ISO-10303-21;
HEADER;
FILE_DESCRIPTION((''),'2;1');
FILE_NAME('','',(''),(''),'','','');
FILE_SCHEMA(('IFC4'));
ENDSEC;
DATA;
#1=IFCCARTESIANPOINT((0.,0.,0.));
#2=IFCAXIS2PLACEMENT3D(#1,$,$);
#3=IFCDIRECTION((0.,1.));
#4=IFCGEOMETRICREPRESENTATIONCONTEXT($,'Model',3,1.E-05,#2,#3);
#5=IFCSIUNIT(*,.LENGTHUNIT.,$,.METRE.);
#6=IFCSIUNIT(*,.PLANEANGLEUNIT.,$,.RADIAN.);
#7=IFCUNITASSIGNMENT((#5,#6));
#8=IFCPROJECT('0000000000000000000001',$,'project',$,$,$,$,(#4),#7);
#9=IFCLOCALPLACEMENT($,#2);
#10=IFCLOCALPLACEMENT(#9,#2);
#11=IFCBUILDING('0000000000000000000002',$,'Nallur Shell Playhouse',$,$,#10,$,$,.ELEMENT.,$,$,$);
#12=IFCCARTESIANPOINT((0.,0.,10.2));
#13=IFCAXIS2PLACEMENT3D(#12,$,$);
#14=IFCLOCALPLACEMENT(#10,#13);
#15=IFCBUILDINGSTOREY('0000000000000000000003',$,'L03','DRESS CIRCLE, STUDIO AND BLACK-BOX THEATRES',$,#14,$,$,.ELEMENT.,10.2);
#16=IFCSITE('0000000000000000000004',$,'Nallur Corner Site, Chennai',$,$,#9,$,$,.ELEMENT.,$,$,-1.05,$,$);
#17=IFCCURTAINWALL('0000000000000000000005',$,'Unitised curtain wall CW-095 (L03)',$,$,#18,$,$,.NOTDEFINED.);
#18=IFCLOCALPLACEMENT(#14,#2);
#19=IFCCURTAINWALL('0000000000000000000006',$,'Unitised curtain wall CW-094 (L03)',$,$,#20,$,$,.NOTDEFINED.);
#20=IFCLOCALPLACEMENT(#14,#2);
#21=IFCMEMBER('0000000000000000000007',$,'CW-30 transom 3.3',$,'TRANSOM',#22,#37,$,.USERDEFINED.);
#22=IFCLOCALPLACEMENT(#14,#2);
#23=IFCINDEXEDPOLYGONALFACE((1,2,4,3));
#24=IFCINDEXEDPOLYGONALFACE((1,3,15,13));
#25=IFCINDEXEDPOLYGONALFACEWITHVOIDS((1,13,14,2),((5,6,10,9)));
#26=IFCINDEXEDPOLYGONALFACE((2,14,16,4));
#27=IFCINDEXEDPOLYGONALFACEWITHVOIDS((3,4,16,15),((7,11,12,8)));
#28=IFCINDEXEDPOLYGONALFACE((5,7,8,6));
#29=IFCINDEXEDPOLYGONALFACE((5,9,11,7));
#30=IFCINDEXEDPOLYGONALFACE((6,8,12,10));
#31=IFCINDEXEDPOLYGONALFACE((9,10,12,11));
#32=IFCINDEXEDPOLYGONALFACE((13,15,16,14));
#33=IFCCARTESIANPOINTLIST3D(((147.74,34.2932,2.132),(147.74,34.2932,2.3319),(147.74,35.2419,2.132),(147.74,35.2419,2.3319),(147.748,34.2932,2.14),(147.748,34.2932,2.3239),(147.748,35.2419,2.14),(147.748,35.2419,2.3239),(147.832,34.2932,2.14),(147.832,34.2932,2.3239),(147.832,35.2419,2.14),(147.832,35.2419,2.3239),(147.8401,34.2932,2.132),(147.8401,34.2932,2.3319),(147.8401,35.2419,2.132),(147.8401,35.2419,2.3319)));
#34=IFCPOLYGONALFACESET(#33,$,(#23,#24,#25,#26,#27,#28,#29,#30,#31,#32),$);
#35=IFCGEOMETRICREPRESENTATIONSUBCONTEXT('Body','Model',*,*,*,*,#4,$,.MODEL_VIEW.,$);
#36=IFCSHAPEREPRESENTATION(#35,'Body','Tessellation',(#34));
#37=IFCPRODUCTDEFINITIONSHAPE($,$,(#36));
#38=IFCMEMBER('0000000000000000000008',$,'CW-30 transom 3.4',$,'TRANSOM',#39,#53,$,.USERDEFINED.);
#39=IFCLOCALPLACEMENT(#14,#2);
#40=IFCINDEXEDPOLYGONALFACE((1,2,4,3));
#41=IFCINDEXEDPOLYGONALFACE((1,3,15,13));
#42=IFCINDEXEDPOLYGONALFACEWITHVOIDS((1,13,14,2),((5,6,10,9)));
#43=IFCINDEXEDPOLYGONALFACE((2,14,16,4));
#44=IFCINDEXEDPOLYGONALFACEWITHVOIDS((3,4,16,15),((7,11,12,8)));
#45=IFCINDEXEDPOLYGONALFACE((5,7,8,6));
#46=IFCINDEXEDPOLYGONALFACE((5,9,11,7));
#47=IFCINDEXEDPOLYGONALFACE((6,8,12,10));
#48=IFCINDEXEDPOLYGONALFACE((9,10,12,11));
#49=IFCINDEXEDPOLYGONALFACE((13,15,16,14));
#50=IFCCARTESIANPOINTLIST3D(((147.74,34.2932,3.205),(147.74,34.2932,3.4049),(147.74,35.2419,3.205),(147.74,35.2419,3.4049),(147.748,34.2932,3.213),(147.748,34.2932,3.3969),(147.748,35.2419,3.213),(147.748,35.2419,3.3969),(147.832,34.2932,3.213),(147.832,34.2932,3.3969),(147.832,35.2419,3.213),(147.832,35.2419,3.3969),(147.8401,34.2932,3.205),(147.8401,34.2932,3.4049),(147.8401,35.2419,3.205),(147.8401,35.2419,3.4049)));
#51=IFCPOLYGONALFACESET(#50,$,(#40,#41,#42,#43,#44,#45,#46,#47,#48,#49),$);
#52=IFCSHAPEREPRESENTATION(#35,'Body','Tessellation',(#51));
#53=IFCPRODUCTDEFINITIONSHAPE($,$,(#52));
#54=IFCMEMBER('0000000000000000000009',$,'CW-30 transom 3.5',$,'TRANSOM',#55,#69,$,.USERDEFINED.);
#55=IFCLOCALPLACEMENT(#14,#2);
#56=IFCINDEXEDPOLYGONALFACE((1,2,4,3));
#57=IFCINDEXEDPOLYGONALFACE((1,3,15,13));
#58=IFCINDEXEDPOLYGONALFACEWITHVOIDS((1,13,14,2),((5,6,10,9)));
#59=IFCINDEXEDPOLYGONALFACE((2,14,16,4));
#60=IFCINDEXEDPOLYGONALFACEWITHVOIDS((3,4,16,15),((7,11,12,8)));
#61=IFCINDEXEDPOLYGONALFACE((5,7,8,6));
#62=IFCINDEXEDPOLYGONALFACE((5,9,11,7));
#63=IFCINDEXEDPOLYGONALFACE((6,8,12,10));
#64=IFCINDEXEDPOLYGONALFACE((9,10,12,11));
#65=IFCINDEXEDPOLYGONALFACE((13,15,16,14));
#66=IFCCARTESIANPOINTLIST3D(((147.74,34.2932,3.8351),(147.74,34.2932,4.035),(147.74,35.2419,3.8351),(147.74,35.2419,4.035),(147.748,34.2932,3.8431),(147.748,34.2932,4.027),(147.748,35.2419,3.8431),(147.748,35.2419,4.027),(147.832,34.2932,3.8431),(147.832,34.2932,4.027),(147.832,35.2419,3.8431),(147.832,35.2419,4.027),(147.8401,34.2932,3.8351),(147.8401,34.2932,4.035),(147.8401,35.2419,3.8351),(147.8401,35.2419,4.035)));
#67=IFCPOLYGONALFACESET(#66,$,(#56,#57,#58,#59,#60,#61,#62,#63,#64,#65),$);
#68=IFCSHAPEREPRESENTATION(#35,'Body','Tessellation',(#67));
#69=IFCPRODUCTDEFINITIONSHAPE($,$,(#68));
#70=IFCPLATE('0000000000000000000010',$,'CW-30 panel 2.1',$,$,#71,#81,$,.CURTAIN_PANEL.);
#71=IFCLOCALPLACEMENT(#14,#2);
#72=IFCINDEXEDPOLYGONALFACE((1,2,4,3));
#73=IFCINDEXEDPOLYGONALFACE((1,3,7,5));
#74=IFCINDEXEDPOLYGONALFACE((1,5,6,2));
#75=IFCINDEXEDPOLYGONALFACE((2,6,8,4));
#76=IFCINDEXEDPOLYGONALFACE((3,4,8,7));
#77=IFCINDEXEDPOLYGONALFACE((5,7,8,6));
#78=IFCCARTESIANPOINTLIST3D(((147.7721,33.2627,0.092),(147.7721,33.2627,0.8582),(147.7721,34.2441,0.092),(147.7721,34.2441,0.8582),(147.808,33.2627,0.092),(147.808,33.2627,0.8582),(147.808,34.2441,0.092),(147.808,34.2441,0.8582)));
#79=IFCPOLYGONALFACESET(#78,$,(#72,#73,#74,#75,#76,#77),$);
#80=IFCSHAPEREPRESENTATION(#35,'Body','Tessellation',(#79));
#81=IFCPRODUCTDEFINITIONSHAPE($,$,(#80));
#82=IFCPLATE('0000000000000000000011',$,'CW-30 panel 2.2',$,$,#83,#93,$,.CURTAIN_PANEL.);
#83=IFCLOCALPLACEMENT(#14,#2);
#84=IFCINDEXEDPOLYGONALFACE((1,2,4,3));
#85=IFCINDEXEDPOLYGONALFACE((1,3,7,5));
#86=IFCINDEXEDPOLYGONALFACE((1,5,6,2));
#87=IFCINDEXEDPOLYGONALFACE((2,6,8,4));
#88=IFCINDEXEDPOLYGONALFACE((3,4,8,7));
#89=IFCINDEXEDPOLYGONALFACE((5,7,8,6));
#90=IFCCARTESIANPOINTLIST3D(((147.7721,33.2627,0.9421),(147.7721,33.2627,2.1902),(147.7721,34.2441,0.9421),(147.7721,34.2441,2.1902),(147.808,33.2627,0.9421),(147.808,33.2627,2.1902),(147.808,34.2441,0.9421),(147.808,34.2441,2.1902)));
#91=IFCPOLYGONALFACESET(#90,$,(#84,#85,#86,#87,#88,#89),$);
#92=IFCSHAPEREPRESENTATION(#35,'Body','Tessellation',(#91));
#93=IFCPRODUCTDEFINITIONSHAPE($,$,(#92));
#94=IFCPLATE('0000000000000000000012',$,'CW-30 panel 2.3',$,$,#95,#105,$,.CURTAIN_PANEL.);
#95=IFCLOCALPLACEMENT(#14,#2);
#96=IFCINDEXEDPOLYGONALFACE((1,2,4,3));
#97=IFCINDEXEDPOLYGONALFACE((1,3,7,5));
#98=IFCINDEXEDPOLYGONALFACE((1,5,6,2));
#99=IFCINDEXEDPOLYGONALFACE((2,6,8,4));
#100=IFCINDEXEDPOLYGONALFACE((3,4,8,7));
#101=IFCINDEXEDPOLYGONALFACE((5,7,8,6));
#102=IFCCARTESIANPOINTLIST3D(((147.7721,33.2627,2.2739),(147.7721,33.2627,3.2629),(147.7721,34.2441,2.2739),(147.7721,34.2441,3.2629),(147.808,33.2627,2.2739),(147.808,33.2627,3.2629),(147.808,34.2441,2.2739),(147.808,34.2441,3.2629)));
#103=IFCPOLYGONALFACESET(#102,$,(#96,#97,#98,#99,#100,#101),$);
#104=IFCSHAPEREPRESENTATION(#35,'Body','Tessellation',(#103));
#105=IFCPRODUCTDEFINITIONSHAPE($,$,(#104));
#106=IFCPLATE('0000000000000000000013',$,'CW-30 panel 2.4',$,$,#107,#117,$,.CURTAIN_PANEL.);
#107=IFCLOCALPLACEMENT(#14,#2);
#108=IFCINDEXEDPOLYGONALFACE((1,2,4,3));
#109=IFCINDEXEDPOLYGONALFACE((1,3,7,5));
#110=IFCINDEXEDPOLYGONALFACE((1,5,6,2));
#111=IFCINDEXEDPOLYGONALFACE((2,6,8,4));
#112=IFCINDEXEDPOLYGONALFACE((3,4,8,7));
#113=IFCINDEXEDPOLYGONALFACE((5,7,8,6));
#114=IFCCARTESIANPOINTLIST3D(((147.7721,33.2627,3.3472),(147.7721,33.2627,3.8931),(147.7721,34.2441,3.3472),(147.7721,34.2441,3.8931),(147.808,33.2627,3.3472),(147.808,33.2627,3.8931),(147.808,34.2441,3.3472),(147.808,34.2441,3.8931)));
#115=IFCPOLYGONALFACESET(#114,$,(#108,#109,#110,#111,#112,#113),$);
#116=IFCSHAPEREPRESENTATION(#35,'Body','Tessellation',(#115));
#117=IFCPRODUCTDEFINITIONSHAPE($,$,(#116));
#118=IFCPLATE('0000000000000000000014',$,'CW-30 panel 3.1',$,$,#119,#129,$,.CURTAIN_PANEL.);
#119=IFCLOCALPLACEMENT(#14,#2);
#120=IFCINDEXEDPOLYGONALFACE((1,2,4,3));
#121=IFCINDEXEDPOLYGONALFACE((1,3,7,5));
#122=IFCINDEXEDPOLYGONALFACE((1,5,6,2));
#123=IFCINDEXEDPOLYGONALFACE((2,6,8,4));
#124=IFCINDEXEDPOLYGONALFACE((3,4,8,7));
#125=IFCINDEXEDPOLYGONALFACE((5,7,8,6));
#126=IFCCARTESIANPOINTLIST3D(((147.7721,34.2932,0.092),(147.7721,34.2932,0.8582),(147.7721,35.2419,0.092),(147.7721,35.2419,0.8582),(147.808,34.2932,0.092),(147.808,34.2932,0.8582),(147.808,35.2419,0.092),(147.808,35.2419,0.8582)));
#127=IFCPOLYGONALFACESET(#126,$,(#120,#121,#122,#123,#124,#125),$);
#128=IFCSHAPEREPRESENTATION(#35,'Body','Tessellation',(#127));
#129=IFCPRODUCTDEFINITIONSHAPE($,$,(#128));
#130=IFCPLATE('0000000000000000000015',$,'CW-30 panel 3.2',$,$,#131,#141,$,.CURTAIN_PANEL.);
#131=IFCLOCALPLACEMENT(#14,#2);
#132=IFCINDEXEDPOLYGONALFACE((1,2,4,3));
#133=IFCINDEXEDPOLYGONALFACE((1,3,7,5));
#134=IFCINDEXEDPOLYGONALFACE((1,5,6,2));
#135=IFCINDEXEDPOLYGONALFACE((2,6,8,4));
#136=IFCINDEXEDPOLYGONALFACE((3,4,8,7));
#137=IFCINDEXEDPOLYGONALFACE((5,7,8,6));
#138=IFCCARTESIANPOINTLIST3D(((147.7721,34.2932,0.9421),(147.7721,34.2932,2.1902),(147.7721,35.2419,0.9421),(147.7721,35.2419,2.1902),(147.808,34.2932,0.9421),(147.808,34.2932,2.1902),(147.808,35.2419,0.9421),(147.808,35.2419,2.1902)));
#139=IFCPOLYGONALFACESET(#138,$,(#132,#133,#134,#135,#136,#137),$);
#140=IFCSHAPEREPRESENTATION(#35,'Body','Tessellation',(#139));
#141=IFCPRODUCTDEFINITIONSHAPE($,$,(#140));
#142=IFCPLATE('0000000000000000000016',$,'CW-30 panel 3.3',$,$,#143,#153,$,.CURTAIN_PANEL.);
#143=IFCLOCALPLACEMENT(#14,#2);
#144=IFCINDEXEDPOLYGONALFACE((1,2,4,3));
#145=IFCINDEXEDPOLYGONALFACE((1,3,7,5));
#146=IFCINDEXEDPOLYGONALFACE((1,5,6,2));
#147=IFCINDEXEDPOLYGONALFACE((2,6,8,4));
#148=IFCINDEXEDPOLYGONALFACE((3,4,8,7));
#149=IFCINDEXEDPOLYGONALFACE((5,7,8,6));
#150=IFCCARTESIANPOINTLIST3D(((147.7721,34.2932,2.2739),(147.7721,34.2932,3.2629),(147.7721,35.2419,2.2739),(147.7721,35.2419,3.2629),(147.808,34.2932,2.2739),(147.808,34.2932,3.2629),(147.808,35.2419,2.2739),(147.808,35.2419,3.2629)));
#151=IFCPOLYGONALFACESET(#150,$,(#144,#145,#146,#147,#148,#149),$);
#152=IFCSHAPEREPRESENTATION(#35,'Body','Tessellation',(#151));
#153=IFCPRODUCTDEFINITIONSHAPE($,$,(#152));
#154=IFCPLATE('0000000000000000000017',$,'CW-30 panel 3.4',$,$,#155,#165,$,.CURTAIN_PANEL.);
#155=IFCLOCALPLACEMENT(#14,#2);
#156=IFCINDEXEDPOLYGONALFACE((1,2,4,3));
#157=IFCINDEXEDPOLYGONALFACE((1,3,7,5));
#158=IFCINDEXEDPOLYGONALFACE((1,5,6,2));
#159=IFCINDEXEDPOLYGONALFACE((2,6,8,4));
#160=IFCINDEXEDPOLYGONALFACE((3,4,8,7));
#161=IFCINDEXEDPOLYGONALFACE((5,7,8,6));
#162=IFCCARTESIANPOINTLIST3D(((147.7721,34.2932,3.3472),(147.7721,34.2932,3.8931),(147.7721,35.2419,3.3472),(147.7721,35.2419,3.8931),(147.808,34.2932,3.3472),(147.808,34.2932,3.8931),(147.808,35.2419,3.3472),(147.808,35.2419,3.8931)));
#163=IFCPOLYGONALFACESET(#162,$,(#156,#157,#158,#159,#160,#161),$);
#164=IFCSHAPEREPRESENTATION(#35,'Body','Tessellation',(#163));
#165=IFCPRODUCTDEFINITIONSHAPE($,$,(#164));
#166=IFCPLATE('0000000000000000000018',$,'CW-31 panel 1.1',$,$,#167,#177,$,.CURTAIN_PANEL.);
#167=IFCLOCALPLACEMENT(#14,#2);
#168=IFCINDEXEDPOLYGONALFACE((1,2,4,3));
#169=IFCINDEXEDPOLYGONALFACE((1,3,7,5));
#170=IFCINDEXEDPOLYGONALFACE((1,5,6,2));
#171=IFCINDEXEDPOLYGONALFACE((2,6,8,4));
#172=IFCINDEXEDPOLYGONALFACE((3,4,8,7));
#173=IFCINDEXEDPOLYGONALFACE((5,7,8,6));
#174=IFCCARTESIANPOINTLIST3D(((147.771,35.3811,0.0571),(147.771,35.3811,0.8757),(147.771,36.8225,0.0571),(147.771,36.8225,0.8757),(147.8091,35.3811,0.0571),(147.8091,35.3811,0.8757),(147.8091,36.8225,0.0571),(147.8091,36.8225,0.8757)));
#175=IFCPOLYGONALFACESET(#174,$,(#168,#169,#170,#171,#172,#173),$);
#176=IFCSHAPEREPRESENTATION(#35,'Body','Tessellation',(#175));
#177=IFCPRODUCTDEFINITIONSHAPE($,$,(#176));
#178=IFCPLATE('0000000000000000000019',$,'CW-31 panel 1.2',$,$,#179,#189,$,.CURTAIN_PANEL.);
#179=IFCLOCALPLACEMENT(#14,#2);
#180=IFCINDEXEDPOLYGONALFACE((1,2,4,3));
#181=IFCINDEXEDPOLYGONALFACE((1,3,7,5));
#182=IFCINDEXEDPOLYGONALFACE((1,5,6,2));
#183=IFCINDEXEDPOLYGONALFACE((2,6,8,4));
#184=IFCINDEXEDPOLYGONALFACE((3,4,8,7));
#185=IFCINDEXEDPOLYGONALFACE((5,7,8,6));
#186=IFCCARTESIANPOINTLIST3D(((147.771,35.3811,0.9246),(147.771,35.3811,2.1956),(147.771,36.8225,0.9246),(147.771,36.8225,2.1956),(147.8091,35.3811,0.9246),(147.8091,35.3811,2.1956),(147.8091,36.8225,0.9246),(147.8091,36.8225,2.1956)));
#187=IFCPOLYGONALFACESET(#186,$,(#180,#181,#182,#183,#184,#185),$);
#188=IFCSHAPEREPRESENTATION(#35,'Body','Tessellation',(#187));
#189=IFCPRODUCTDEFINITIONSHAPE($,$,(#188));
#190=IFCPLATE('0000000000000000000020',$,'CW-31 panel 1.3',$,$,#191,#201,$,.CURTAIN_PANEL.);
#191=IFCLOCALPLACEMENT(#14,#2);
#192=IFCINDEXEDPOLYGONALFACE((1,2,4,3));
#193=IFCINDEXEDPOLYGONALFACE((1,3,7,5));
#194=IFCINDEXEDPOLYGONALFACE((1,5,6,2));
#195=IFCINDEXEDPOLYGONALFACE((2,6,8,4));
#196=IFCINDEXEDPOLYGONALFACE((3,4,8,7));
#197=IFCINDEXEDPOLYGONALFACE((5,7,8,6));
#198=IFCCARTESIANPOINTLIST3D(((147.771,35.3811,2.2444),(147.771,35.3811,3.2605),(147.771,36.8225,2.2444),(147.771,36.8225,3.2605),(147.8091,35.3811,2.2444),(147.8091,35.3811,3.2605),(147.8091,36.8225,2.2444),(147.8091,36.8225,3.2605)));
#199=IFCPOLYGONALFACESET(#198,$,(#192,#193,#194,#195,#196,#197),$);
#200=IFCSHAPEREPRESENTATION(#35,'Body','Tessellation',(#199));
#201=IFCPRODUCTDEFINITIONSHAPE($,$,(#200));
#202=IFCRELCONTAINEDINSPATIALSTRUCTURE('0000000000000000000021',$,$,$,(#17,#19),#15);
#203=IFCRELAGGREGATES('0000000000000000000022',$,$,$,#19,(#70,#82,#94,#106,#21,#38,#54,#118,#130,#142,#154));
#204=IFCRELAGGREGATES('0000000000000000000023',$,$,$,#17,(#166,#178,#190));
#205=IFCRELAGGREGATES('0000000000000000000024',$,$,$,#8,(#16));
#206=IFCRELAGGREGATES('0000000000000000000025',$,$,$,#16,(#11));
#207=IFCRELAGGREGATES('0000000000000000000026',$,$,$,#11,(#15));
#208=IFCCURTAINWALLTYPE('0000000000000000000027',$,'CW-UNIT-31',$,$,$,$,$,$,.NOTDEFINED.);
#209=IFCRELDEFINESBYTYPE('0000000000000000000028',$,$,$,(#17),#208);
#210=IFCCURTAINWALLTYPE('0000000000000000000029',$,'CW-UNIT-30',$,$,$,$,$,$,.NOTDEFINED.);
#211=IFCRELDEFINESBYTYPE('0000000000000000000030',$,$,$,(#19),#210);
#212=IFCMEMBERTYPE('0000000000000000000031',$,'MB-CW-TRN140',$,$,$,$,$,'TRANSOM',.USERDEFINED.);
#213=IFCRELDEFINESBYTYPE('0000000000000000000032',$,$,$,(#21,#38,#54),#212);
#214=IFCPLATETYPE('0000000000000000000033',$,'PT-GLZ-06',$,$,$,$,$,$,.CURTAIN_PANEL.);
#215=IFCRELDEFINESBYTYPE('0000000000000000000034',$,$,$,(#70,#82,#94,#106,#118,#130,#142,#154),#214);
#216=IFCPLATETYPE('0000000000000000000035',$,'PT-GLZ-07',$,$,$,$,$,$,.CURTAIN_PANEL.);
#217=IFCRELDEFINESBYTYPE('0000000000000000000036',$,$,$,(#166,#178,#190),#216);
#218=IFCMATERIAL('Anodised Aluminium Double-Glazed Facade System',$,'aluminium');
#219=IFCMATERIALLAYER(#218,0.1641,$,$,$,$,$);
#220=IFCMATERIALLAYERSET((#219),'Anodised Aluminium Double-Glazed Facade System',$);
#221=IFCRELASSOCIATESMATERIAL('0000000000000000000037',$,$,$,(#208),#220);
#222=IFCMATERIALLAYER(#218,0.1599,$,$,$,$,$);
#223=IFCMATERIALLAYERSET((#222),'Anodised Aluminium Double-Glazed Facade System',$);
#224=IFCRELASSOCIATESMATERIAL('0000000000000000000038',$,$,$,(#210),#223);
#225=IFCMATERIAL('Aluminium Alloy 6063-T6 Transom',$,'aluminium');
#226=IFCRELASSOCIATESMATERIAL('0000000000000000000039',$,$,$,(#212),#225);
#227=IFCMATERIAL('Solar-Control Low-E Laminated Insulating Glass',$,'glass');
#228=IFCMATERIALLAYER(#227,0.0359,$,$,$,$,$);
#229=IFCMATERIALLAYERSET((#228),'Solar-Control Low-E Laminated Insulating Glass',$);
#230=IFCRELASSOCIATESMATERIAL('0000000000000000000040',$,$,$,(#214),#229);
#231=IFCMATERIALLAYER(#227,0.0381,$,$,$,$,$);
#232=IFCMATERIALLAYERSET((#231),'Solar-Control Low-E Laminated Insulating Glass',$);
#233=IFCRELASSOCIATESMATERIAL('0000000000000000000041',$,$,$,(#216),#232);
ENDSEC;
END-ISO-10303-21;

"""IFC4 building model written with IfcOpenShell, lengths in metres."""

from ifc_helpers import new_model, si_unit, direction, frame, origin, origin_2d, place, context, subcontext, project, spatial, rectangle, hollow_rectangle, extrude, material, layer, layer_set, material_profile, profile_set, type_object, element, aggregate, save


model = new_model("IFC4")

# Units and contexts
model_context = context("Model", 3, precision=1e-05, world=origin(), true_north=direction((0.0, 1.0)))
body_context = subcontext(model_context, "Body", "Model", "MODEL_VIEW")
ifc_project = project(units=[si_unit("LENGTHUNIT", "METRE"), si_unit("PLANEANGLEUNIT", "RADIAN")], contexts=[model_context])

# Site, building, storey
site_placement = place(None, origin())
site = spatial("IfcSite", under=ifc_project, at=site_placement, Name="Nallur Corner Site, Chennai", CompositionType="ELEMENT", RefElevation=-1.05)
building_placement = place(site_placement, origin())
building = spatial("IfcBuilding", under=site, at=building_placement, Name="Nallur Shell Playhouse", CompositionType="ELEMENT")
storey_placement = place(building_placement, frame((0.0, 0.0, 10.2)))
storey = spatial("IfcBuildingStorey", under=building, at=storey_placement, Name="L03", Description="DRESS CIRCLE, STUDIO AND BLACK-BOX THEATRES", CompositionType="ELEMENT", Elevation=10.2)

# Curtain walls
ifc_material_1 = material(Name="Anodised Aluminium Double-Glazed Facade System", Category="aluminium")
ifc_layer_1 = layer(ifc_material_1, 0.1641)
ifc_layer_set_1 = layer_set([ifc_layer_1], Name="Anodised Aluminium Double-Glazed Facade System")
curtain_wall_type_1 = type_object("IfcCurtainWallType", Name="CW-UNIT-31", PredefinedType="NOTDEFINED", material=ifc_layer_set_1)
curtain_wall_1_placement = place(storey_placement, origin())
curtain_wall_1 = element("IfcCurtainWall", 1, at=curtain_wall_1_placement, inside=storey, type_object=curtain_wall_type_1, Name="Unitised curtain wall CW-095 (L03)", PredefinedType="NOTDEFINED")
ifc_layer_2 = layer(ifc_material_1, 0.1599)
ifc_layer_set_2 = layer_set([ifc_layer_2], Name="Anodised Aluminium Double-Glazed Facade System")
curtain_wall_type_2 = type_object("IfcCurtainWallType", Name="CW-UNIT-30", PredefinedType="NOTDEFINED", material=ifc_layer_set_2)
curtain_wall_2_placement = place(storey_placement, origin())
curtain_wall_2 = element("IfcCurtainWall", 2, at=curtain_wall_2_placement, inside=storey, type_object=curtain_wall_type_2, Name="Unitised curtain wall CW-094 (L03)", PredefinedType="NOTDEFINED")

# Members
ifc_material_2 = material(Name="Aluminium Alloy 6063-T6 Transom", Category="aluminium")
ifc_material_profile_1 = material_profile(ifc_material_2, hollow_rectangle(XDim=0.1001, YDim=0.2, WallThickness=0.0081, at=origin_2d()), Name="RHS 200x100x8")
ifc_profile_set_1 = profile_set([ifc_material_profile_1], Name="Aluminium Alloy 6063-T6 Transom")
member_type_1 = type_object("IfcMemberType", Name="MB-CW-TRN140", ElementType="TRANSOM", PredefinedType="USERDEFINED", material=ifc_profile_set_1)
member_1_placement = place(storey_placement, frame((147.79, 34.2932, 2.2319), z_axis=(0.0, 1.0, 0.0), x_axis=(-1.0, 0.0, 0.0)))
member_1 = element("IfcMember", 3, at=member_1_placement, type_object=member_type_1, Name="CW-30 transom 3.3", ObjectType="TRANSOM", PredefinedType="USERDEFINED", context=body_context, shape_type="SweptSolid", body=[
    extrude(hollow_rectangle(XDim=0.1001, YDim=0.2, WallThickness=0.0081, at=origin_2d()), origin(), (0.0, 0.0, 1.0), 0.9487),
])
member_2_placement = place(storey_placement, frame((147.79, 34.2932, 3.3049), z_axis=(0.0, 1.0, 0.0), x_axis=(-1.0, 0.0, 0.0)))
member_2 = element("IfcMember", 4, at=member_2_placement, type_object=member_type_1, Name="CW-30 transom 3.4", ObjectType="TRANSOM", PredefinedType="USERDEFINED", context=body_context, shape_type="SweptSolid", body=[
    extrude(hollow_rectangle(XDim=0.1001, YDim=0.2, WallThickness=0.0081, at=origin_2d()), origin(), (0.0, 0.0, 1.0), 0.9487),
])
member_3_placement = place(storey_placement, frame((147.79, 34.2932, 3.9351), z_axis=(0.0, 1.0, 0.0), x_axis=(-1.0, 0.0, 0.0)))
member_3 = element("IfcMember", 5, at=member_3_placement, type_object=member_type_1, Name="CW-30 transom 3.5", ObjectType="TRANSOM", PredefinedType="USERDEFINED", context=body_context, shape_type="SweptSolid", body=[
    extrude(hollow_rectangle(XDim=0.1001, YDim=0.2, WallThickness=0.0081, at=origin_2d()), origin(), (0.0, 0.0, 1.0), 0.9487),
])

# Plates
ifc_material_3 = material(Name="Solar-Control Low-E Laminated Insulating Glass", Category="glass")
ifc_layer_3 = layer(ifc_material_3, 0.0359)
ifc_layer_set_3 = layer_set([ifc_layer_3], Name="Solar-Control Low-E Laminated Insulating Glass")
plate_type_1 = type_object("IfcPlateType", Name="PT-GLZ-06", PredefinedType="CURTAIN_PANEL", material=ifc_layer_set_3)
plate_1_placement = place(storey_placement, frame((147.79, 33.7534, 0.092), z_axis=(0.0, 0.0, 1.0), x_axis=(0.0, 1.0, 0.0)))
plate_1 = element("IfcPlate", 6, at=plate_1_placement, type_object=plate_type_1, Name="CW-30 panel 2.1", PredefinedType="CURTAIN_PANEL", context=body_context, shape_type="SweptSolid", body=[
    extrude(rectangle(XDim=0.9814, YDim=0.0359, at=origin_2d()), origin(), (0.0, 0.0, 1.0), 0.7661),
])
plate_2_placement = place(storey_placement, frame((147.79, 33.7534, 0.9421), z_axis=(0.0, 0.0, 1.0), x_axis=(0.0, 1.0, 0.0)))
plate_2 = element("IfcPlate", 7, at=plate_2_placement, type_object=plate_type_1, Name="CW-30 panel 2.2", PredefinedType="CURTAIN_PANEL", context=body_context, shape_type="SweptSolid", body=[
    extrude(rectangle(XDim=0.9814, YDim=0.0359, at=origin_2d()), origin(), (0.0, 0.0, 1.0), 1.248),
])
plate_3_placement = place(storey_placement, frame((147.79, 33.7534, 2.2739), z_axis=(0.0, 0.0, 1.0), x_axis=(0.0, 1.0, 0.0)))
plate_3 = element("IfcPlate", 8, at=plate_3_placement, type_object=plate_type_1, Name="CW-30 panel 2.3", PredefinedType="CURTAIN_PANEL", context=body_context, shape_type="SweptSolid", body=[
    extrude(rectangle(XDim=0.9814, YDim=0.0359, at=origin_2d()), origin(), (0.0, 0.0, 1.0), 0.989),
])
plate_4_placement = place(storey_placement, frame((147.79, 33.7534, 3.3472), z_axis=(0.0, 0.0, 1.0), x_axis=(0.0, 1.0, 0.0)))
plate_4 = element("IfcPlate", 9, at=plate_4_placement, type_object=plate_type_1, Name="CW-30 panel 2.4", PredefinedType="CURTAIN_PANEL", context=body_context, shape_type="SweptSolid", body=[
    extrude(rectangle(XDim=0.9814, YDim=0.0359, at=origin_2d()), origin(), (0.0, 0.0, 1.0), 0.5459),
])
plate_5_placement = place(storey_placement, frame((147.79, 34.7676, 0.092), z_axis=(0.0, 0.0, 1.0), x_axis=(0.0, 1.0, 0.0)))
plate_5 = element("IfcPlate", 10, at=plate_5_placement, type_object=plate_type_1, Name="CW-30 panel 3.1", PredefinedType="CURTAIN_PANEL", context=body_context, shape_type="SweptSolid", body=[
    extrude(rectangle(XDim=0.9487, YDim=0.0359, at=origin_2d()), origin(), (0.0, 0.0, 1.0), 0.7661),
])
plate_6_placement = place(storey_placement, frame((147.79, 34.7676, 0.9421), z_axis=(0.0, 0.0, 1.0), x_axis=(0.0, 1.0, 0.0)))
plate_6 = element("IfcPlate", 11, at=plate_6_placement, type_object=plate_type_1, Name="CW-30 panel 3.2", PredefinedType="CURTAIN_PANEL", context=body_context, shape_type="SweptSolid", body=[
    extrude(rectangle(XDim=0.9487, YDim=0.0359, at=origin_2d()), origin(), (0.0, 0.0, 1.0), 1.248),
])
plate_7_placement = place(storey_placement, frame((147.79, 34.7676, 2.2739), z_axis=(0.0, 0.0, 1.0), x_axis=(0.0, 1.0, 0.0)))
plate_7 = element("IfcPlate", 12, at=plate_7_placement, type_object=plate_type_1, Name="CW-30 panel 3.3", PredefinedType="CURTAIN_PANEL", context=body_context, shape_type="SweptSolid", body=[
    extrude(rectangle(XDim=0.9487, YDim=0.0359, at=origin_2d()), origin(), (0.0, 0.0, 1.0), 0.989),
])
plate_8_placement = place(storey_placement, frame((147.79, 34.7676, 3.3472), z_axis=(0.0, 0.0, 1.0), x_axis=(0.0, 1.0, 0.0)))
plate_8 = element("IfcPlate", 13, at=plate_8_placement, type_object=plate_type_1, Name="CW-30 panel 3.4", PredefinedType="CURTAIN_PANEL", context=body_context, shape_type="SweptSolid", body=[
    extrude(rectangle(XDim=0.9487, YDim=0.0359, at=origin_2d()), origin(), (0.0, 0.0, 1.0), 0.5459),
])
aggregate(curtain_wall_2, [plate_1, plate_2, plate_3, plate_4, member_1, member_2, member_3, plate_5, plate_6, plate_7, plate_8])
ifc_layer_4 = layer(ifc_material_3, 0.0381)
ifc_layer_set_4 = layer_set([ifc_layer_4], Name="Solar-Control Low-E Laminated Insulating Glass")
plate_type_2 = type_object("IfcPlateType", Name="PT-GLZ-07", PredefinedType="CURTAIN_PANEL", material=ifc_layer_set_4)
plate_9_placement = place(storey_placement, frame((147.79, 36.1018, 0.0571), z_axis=(0.0, 0.0, 1.0), x_axis=(0.0, 1.0, 0.0)))
plate_9 = element("IfcPlate", 14, at=plate_9_placement, type_object=plate_type_2, Name="CW-31 panel 1.1", PredefinedType="CURTAIN_PANEL", context=body_context, shape_type="SweptSolid", body=[
    extrude(rectangle(XDim=1.4414, YDim=0.0381, at=origin_2d()), origin(), (0.0, 0.0, 1.0), 0.8186),
])
plate_10_placement = place(storey_placement, frame((147.79, 36.1018, 0.9246), z_axis=(0.0, 0.0, 1.0), x_axis=(0.0, 1.0, 0.0)))
plate_10 = element("IfcPlate", 15, at=plate_10_placement, type_object=plate_type_2, Name="CW-31 panel 1.2", PredefinedType="CURTAIN_PANEL", context=body_context, shape_type="SweptSolid", body=[
    extrude(rectangle(XDim=1.4414, YDim=0.0381, at=origin_2d()), origin(), (0.0, 0.0, 1.0), 1.271),
])
plate_11_placement = place(storey_placement, frame((147.79, 36.1018, 2.2444), z_axis=(0.0, 0.0, 1.0), x_axis=(0.0, 1.0, 0.0)))
plate_11 = element("IfcPlate", 16, at=plate_11_placement, type_object=plate_type_2, Name="CW-31 panel 1.3", PredefinedType="CURTAIN_PANEL", context=body_context, shape_type="SweptSolid", body=[
    extrude(rectangle(XDim=1.4414, YDim=0.0381, at=origin_2d()), origin(), (0.0, 0.0, 1.0), 1.0161),
])
aggregate(curtain_wall_1, [plate_9, plate_10, plate_11])

save(model, "model.ifc")
